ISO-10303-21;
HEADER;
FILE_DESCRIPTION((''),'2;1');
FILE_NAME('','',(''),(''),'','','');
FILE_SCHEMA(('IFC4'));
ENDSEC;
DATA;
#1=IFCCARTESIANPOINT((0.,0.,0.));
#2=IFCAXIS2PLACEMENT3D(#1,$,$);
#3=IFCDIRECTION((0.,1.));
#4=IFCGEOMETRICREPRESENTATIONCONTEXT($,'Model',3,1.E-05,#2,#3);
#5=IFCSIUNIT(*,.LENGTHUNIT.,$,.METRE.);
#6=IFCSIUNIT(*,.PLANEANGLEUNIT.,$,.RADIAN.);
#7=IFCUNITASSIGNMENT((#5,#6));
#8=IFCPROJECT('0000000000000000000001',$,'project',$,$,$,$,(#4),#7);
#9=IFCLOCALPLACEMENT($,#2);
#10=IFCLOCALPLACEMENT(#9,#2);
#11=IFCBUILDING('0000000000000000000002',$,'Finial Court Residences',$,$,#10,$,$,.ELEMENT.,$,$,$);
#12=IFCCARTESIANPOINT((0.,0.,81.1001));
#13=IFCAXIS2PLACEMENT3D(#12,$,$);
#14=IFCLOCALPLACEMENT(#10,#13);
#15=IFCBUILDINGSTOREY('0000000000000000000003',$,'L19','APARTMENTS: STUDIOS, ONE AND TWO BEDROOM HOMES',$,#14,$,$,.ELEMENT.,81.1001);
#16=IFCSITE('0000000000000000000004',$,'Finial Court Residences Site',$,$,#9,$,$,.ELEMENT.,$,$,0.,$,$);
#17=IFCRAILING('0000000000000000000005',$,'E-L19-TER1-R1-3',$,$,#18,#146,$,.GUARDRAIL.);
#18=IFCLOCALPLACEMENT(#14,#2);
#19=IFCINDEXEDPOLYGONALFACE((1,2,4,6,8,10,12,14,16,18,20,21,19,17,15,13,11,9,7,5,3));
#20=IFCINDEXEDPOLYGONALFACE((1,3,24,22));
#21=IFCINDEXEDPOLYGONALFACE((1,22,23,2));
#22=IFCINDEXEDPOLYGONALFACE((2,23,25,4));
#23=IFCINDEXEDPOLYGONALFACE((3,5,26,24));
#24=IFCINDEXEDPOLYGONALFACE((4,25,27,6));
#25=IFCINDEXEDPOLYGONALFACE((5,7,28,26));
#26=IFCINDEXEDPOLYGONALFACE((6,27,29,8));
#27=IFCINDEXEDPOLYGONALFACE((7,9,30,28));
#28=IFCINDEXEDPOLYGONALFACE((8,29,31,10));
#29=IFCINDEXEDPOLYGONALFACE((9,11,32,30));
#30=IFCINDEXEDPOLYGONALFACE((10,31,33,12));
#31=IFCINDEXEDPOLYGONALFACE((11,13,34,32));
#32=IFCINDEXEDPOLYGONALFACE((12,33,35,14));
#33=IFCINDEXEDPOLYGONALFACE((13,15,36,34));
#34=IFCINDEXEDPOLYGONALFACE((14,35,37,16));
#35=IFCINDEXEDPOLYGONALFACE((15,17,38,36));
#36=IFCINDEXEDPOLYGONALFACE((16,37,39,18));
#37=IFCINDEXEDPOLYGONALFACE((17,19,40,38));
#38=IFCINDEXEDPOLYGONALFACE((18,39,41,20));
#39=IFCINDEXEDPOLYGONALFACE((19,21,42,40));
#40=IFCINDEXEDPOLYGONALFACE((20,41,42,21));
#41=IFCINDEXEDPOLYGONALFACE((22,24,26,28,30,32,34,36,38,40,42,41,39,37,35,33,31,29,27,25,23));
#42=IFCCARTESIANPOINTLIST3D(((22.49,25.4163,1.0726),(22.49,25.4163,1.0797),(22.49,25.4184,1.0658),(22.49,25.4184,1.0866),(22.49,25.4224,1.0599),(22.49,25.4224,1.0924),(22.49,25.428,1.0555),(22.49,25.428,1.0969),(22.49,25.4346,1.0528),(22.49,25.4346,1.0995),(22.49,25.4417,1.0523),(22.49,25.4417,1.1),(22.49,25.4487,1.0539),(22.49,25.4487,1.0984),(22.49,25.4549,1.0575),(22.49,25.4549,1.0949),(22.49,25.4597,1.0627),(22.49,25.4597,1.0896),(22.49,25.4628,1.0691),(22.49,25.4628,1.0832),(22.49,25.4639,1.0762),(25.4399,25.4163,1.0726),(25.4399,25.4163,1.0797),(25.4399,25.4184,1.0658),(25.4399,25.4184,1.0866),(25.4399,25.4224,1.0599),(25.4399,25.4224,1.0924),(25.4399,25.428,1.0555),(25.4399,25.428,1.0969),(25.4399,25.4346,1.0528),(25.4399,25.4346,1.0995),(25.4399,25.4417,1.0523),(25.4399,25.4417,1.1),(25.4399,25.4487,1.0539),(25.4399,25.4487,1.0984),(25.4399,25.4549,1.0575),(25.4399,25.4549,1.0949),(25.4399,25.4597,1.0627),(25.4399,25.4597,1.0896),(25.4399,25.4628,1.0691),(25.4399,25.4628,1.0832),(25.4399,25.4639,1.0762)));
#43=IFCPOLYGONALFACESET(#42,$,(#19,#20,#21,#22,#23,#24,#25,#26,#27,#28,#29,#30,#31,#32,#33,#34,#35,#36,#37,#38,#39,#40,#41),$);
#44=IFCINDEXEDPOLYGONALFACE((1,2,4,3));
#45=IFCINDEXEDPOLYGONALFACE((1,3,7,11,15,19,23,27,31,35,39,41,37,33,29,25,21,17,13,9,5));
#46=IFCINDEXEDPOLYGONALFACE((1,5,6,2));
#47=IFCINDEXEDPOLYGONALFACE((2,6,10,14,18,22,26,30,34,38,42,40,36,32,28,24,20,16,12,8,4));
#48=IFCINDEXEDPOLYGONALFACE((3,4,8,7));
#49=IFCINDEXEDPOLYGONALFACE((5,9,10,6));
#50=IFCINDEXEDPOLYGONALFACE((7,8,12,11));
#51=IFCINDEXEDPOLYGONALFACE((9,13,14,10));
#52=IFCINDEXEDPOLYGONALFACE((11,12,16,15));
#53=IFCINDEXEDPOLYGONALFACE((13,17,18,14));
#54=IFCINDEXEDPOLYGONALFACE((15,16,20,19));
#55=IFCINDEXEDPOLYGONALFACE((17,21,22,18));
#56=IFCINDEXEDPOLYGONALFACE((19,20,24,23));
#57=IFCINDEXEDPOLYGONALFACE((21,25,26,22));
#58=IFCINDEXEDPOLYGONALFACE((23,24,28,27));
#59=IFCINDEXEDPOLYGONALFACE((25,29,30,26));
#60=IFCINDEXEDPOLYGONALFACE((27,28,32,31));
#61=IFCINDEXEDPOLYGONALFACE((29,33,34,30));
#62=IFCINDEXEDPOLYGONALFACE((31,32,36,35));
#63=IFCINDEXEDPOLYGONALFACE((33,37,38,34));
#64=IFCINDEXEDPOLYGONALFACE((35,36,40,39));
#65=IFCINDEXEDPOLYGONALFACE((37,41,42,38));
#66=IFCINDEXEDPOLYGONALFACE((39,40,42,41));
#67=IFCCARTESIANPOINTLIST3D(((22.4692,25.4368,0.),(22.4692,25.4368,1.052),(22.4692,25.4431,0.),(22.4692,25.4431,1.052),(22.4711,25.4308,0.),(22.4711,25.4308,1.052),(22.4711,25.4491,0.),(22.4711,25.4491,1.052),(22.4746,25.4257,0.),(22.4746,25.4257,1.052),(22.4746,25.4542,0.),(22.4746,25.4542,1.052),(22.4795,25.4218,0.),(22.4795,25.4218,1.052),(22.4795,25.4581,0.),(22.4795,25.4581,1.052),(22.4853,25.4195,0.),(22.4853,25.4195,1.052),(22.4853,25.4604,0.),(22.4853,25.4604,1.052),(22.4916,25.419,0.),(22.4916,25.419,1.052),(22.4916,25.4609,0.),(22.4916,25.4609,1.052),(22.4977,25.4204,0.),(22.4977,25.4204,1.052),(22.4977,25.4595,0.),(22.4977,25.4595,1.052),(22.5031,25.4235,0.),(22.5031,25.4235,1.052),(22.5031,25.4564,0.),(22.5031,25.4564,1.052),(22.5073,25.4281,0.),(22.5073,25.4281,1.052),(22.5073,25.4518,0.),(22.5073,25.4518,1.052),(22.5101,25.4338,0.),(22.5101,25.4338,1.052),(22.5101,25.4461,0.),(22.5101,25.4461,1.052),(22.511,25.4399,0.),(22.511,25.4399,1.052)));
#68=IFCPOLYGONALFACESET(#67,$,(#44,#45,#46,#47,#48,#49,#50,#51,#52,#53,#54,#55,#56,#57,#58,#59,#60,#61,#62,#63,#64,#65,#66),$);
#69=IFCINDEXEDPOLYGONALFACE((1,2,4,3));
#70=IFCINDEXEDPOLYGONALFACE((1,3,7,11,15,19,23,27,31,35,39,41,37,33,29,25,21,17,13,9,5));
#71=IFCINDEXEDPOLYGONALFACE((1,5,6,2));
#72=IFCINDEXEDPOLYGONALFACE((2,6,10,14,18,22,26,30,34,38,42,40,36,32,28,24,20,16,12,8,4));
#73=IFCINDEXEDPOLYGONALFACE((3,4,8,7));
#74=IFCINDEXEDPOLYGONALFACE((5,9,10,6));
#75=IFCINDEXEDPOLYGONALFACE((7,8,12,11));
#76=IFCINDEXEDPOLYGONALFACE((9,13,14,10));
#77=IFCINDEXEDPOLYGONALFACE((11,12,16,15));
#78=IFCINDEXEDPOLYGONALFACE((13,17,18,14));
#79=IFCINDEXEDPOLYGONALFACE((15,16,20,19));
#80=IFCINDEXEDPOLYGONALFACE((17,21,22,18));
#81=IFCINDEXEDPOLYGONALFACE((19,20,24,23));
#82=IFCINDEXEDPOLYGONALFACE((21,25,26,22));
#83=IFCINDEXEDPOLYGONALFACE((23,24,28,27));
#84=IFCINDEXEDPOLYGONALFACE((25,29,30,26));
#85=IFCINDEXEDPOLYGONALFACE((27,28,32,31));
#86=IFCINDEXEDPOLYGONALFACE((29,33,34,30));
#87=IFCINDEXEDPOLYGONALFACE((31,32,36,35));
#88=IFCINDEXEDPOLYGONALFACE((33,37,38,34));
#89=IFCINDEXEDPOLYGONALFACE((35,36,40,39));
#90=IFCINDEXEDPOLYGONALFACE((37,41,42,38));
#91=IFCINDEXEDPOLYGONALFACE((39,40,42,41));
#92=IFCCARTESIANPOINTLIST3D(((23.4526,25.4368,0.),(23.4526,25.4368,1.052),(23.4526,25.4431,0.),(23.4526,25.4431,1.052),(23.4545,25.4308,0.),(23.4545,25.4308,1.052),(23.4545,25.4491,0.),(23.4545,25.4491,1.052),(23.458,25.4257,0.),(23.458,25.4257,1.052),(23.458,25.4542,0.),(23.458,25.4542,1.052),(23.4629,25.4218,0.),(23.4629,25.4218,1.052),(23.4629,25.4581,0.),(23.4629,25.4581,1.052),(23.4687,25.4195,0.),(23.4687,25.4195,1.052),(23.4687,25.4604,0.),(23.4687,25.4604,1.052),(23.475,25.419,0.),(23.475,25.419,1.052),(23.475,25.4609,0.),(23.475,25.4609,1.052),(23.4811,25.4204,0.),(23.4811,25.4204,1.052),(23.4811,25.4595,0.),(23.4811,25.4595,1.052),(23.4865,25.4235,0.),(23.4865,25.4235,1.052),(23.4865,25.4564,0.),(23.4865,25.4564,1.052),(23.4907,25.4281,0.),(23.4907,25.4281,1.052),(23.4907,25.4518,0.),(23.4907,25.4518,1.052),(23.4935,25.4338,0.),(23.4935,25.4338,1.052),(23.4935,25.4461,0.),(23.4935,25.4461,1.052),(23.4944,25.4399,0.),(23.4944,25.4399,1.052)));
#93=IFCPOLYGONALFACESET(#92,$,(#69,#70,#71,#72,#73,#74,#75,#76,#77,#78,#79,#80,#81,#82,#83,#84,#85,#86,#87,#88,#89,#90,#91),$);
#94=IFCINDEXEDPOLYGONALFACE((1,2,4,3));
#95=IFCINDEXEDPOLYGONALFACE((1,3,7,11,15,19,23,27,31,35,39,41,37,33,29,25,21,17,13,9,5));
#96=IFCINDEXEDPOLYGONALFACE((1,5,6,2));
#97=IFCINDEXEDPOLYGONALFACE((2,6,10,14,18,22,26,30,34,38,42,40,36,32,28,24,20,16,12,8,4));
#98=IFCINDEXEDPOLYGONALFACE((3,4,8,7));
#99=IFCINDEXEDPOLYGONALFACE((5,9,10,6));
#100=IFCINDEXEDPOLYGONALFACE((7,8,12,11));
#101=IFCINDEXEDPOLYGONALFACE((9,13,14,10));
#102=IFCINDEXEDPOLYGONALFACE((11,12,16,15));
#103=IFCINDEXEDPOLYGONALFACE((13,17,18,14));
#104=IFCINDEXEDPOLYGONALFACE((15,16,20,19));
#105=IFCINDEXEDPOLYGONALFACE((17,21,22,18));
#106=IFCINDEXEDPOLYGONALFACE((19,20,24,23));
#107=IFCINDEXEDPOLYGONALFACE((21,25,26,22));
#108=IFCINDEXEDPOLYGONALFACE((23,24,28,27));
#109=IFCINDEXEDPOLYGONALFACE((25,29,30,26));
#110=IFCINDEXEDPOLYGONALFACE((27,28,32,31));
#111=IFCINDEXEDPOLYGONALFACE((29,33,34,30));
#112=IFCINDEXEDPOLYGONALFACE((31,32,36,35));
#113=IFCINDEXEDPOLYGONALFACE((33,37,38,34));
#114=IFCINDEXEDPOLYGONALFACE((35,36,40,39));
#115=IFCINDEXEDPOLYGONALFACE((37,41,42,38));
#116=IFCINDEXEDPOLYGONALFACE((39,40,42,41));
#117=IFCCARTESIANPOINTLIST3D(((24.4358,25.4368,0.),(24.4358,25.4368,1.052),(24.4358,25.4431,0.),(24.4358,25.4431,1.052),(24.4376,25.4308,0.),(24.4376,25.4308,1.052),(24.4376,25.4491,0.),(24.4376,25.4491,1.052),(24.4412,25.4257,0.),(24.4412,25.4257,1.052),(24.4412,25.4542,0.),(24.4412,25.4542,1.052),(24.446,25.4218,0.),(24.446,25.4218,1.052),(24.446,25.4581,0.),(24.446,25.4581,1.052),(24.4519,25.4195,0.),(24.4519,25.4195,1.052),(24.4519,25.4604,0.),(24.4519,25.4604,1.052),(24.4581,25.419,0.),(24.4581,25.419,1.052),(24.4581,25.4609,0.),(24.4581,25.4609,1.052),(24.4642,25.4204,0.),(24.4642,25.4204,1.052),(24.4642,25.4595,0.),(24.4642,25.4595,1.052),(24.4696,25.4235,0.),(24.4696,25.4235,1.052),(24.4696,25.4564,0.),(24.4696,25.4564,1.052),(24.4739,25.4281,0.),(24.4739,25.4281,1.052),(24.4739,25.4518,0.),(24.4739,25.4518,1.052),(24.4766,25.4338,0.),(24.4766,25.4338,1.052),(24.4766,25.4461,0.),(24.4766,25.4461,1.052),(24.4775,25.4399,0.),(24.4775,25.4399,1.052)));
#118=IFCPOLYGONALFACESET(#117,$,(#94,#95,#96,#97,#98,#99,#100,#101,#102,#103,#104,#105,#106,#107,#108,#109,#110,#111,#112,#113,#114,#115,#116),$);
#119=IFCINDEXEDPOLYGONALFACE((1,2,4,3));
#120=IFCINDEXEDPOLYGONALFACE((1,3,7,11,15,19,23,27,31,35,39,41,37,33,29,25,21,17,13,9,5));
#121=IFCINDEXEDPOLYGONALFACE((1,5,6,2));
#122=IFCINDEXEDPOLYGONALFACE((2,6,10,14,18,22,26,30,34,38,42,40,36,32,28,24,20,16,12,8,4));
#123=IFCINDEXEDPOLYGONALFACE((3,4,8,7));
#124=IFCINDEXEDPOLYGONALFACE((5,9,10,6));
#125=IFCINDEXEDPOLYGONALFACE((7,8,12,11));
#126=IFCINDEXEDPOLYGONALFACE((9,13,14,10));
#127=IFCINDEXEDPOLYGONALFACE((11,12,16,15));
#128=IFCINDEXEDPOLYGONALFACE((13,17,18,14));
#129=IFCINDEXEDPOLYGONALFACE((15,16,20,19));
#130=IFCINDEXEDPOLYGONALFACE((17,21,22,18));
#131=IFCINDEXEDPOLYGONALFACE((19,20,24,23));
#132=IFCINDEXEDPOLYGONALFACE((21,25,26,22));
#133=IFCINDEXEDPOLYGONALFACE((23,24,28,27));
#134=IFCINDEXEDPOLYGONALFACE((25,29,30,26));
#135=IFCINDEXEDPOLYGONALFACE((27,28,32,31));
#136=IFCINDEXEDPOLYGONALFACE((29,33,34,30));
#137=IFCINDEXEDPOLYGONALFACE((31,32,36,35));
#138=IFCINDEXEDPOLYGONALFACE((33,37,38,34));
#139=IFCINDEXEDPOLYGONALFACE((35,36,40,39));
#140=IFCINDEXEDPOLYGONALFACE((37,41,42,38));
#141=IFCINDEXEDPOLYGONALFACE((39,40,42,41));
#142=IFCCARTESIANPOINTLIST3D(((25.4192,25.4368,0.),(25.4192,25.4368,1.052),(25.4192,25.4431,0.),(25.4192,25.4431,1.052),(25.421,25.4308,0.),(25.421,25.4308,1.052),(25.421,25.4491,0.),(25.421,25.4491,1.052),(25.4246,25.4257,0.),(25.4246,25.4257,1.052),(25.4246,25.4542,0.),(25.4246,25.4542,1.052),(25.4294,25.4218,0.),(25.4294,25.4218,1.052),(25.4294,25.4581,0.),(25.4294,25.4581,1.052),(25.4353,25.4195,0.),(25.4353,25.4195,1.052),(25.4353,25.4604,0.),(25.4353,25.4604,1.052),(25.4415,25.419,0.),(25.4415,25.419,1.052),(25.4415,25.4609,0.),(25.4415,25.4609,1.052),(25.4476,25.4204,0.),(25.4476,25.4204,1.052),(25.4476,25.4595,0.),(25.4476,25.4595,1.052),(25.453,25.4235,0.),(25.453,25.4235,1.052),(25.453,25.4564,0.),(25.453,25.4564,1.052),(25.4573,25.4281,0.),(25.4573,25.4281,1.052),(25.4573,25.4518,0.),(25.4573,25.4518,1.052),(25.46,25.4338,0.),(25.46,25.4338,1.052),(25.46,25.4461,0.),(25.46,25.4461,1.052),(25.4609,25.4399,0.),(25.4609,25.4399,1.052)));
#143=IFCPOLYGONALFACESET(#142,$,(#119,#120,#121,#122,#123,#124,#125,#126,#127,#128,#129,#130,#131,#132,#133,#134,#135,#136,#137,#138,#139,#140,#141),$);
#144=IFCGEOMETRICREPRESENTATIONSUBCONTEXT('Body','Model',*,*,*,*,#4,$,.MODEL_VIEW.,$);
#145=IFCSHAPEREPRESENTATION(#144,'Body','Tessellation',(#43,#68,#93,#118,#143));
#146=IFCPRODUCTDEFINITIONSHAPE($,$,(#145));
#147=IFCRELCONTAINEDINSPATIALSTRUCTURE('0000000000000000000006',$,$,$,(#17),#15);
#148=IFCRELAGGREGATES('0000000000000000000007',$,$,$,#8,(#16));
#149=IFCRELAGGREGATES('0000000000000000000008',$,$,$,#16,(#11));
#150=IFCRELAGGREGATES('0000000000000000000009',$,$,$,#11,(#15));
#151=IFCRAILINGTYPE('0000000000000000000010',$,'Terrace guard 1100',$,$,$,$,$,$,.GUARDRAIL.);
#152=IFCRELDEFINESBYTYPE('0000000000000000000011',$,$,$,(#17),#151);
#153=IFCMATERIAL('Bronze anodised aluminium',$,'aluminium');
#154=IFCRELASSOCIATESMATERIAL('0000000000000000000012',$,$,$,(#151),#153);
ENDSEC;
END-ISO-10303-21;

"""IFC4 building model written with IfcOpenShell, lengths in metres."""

from ifc_helpers import new_model, si_unit, direction, frame, origin, origin_2d, place, context, subcontext, project, spatial, circle, extrude, material, type_object, element, save


model = new_model("IFC4")

# Units and contexts
model_context = context("Model", 3, precision=1e-05, world=origin(), true_north=direction((0.0, 1.0)))
body_context = subcontext(model_context, "Body", "Model", "MODEL_VIEW")
ifc_project = project(units=[si_unit("LENGTHUNIT", "METRE"), si_unit("PLANEANGLEUNIT", "RADIAN")], contexts=[model_context])

# Site, building, storey
site_placement = place(None, origin())
site = spatial("IfcSite", under=ifc_project, at=site_placement, Name="Finial Court Residences Site", CompositionType="ELEMENT", RefElevation=0.0)
building_placement = place(site_placement, origin())
building = spatial("IfcBuilding", under=site, at=building_placement, Name="Finial Court Residences", CompositionType="ELEMENT")
storey_placement = place(building_placement, frame((0.0, 0.0, 81.1001)))
storey = spatial("IfcBuildingStorey", under=building, at=storey_placement, Name="L19", Description="APARTMENTS: STUDIOS, ONE AND TWO BEDROOM HOMES", CompositionType="ELEMENT", Elevation=81.1001)

# Shared definitions
ifc_material_1 = material(Name="Bronze anodised aluminium", Category="aluminium")

# Railing
railing_type = type_object("IfcRailingType", Name="Terrace guard 1100", PredefinedType="GUARDRAIL", material=ifc_material_1)
railing_1_placement = place(storey_placement, frame((22.49, 25.4399, 0.0)))
element("IfcRailing", 1, at=railing_1_placement, inside=storey, type_object=railing_type, Name="E-L19-TER1-R1-3", PredefinedType="GUARDRAIL", context=body_context, shape_type="SweptSolid", body=[
    extrude(circle(Radius=0.0239, at=origin_2d()), frame((0.0, 0.0, 1.0762), z_axis=(1.0, 0.0, 0.0), x_axis=(0.0, 1.0, 0.0)), (0.0, 0.0, 1.0), 2.95),
    extrude(circle(Radius=0.021, at=origin_2d()), origin(), (0.0, 0.0, 1.0), 1.052),
    extrude(circle(Radius=0.021, at=origin_2d()), frame((0.9834, 0.0, 0.0)), (0.0, 0.0, 1.0), 1.052),
    extrude(circle(Radius=0.021, at=origin_2d()), frame((1.9666, 0.0, 0.0)), (0.0, 0.0, 1.0), 1.052),
    extrude(circle(Radius=0.021, at=origin_2d()), frame((2.95, 0.0, 0.0)), (0.0, 0.0, 1.0), 1.052),
])

save(model, "model.ifc")
